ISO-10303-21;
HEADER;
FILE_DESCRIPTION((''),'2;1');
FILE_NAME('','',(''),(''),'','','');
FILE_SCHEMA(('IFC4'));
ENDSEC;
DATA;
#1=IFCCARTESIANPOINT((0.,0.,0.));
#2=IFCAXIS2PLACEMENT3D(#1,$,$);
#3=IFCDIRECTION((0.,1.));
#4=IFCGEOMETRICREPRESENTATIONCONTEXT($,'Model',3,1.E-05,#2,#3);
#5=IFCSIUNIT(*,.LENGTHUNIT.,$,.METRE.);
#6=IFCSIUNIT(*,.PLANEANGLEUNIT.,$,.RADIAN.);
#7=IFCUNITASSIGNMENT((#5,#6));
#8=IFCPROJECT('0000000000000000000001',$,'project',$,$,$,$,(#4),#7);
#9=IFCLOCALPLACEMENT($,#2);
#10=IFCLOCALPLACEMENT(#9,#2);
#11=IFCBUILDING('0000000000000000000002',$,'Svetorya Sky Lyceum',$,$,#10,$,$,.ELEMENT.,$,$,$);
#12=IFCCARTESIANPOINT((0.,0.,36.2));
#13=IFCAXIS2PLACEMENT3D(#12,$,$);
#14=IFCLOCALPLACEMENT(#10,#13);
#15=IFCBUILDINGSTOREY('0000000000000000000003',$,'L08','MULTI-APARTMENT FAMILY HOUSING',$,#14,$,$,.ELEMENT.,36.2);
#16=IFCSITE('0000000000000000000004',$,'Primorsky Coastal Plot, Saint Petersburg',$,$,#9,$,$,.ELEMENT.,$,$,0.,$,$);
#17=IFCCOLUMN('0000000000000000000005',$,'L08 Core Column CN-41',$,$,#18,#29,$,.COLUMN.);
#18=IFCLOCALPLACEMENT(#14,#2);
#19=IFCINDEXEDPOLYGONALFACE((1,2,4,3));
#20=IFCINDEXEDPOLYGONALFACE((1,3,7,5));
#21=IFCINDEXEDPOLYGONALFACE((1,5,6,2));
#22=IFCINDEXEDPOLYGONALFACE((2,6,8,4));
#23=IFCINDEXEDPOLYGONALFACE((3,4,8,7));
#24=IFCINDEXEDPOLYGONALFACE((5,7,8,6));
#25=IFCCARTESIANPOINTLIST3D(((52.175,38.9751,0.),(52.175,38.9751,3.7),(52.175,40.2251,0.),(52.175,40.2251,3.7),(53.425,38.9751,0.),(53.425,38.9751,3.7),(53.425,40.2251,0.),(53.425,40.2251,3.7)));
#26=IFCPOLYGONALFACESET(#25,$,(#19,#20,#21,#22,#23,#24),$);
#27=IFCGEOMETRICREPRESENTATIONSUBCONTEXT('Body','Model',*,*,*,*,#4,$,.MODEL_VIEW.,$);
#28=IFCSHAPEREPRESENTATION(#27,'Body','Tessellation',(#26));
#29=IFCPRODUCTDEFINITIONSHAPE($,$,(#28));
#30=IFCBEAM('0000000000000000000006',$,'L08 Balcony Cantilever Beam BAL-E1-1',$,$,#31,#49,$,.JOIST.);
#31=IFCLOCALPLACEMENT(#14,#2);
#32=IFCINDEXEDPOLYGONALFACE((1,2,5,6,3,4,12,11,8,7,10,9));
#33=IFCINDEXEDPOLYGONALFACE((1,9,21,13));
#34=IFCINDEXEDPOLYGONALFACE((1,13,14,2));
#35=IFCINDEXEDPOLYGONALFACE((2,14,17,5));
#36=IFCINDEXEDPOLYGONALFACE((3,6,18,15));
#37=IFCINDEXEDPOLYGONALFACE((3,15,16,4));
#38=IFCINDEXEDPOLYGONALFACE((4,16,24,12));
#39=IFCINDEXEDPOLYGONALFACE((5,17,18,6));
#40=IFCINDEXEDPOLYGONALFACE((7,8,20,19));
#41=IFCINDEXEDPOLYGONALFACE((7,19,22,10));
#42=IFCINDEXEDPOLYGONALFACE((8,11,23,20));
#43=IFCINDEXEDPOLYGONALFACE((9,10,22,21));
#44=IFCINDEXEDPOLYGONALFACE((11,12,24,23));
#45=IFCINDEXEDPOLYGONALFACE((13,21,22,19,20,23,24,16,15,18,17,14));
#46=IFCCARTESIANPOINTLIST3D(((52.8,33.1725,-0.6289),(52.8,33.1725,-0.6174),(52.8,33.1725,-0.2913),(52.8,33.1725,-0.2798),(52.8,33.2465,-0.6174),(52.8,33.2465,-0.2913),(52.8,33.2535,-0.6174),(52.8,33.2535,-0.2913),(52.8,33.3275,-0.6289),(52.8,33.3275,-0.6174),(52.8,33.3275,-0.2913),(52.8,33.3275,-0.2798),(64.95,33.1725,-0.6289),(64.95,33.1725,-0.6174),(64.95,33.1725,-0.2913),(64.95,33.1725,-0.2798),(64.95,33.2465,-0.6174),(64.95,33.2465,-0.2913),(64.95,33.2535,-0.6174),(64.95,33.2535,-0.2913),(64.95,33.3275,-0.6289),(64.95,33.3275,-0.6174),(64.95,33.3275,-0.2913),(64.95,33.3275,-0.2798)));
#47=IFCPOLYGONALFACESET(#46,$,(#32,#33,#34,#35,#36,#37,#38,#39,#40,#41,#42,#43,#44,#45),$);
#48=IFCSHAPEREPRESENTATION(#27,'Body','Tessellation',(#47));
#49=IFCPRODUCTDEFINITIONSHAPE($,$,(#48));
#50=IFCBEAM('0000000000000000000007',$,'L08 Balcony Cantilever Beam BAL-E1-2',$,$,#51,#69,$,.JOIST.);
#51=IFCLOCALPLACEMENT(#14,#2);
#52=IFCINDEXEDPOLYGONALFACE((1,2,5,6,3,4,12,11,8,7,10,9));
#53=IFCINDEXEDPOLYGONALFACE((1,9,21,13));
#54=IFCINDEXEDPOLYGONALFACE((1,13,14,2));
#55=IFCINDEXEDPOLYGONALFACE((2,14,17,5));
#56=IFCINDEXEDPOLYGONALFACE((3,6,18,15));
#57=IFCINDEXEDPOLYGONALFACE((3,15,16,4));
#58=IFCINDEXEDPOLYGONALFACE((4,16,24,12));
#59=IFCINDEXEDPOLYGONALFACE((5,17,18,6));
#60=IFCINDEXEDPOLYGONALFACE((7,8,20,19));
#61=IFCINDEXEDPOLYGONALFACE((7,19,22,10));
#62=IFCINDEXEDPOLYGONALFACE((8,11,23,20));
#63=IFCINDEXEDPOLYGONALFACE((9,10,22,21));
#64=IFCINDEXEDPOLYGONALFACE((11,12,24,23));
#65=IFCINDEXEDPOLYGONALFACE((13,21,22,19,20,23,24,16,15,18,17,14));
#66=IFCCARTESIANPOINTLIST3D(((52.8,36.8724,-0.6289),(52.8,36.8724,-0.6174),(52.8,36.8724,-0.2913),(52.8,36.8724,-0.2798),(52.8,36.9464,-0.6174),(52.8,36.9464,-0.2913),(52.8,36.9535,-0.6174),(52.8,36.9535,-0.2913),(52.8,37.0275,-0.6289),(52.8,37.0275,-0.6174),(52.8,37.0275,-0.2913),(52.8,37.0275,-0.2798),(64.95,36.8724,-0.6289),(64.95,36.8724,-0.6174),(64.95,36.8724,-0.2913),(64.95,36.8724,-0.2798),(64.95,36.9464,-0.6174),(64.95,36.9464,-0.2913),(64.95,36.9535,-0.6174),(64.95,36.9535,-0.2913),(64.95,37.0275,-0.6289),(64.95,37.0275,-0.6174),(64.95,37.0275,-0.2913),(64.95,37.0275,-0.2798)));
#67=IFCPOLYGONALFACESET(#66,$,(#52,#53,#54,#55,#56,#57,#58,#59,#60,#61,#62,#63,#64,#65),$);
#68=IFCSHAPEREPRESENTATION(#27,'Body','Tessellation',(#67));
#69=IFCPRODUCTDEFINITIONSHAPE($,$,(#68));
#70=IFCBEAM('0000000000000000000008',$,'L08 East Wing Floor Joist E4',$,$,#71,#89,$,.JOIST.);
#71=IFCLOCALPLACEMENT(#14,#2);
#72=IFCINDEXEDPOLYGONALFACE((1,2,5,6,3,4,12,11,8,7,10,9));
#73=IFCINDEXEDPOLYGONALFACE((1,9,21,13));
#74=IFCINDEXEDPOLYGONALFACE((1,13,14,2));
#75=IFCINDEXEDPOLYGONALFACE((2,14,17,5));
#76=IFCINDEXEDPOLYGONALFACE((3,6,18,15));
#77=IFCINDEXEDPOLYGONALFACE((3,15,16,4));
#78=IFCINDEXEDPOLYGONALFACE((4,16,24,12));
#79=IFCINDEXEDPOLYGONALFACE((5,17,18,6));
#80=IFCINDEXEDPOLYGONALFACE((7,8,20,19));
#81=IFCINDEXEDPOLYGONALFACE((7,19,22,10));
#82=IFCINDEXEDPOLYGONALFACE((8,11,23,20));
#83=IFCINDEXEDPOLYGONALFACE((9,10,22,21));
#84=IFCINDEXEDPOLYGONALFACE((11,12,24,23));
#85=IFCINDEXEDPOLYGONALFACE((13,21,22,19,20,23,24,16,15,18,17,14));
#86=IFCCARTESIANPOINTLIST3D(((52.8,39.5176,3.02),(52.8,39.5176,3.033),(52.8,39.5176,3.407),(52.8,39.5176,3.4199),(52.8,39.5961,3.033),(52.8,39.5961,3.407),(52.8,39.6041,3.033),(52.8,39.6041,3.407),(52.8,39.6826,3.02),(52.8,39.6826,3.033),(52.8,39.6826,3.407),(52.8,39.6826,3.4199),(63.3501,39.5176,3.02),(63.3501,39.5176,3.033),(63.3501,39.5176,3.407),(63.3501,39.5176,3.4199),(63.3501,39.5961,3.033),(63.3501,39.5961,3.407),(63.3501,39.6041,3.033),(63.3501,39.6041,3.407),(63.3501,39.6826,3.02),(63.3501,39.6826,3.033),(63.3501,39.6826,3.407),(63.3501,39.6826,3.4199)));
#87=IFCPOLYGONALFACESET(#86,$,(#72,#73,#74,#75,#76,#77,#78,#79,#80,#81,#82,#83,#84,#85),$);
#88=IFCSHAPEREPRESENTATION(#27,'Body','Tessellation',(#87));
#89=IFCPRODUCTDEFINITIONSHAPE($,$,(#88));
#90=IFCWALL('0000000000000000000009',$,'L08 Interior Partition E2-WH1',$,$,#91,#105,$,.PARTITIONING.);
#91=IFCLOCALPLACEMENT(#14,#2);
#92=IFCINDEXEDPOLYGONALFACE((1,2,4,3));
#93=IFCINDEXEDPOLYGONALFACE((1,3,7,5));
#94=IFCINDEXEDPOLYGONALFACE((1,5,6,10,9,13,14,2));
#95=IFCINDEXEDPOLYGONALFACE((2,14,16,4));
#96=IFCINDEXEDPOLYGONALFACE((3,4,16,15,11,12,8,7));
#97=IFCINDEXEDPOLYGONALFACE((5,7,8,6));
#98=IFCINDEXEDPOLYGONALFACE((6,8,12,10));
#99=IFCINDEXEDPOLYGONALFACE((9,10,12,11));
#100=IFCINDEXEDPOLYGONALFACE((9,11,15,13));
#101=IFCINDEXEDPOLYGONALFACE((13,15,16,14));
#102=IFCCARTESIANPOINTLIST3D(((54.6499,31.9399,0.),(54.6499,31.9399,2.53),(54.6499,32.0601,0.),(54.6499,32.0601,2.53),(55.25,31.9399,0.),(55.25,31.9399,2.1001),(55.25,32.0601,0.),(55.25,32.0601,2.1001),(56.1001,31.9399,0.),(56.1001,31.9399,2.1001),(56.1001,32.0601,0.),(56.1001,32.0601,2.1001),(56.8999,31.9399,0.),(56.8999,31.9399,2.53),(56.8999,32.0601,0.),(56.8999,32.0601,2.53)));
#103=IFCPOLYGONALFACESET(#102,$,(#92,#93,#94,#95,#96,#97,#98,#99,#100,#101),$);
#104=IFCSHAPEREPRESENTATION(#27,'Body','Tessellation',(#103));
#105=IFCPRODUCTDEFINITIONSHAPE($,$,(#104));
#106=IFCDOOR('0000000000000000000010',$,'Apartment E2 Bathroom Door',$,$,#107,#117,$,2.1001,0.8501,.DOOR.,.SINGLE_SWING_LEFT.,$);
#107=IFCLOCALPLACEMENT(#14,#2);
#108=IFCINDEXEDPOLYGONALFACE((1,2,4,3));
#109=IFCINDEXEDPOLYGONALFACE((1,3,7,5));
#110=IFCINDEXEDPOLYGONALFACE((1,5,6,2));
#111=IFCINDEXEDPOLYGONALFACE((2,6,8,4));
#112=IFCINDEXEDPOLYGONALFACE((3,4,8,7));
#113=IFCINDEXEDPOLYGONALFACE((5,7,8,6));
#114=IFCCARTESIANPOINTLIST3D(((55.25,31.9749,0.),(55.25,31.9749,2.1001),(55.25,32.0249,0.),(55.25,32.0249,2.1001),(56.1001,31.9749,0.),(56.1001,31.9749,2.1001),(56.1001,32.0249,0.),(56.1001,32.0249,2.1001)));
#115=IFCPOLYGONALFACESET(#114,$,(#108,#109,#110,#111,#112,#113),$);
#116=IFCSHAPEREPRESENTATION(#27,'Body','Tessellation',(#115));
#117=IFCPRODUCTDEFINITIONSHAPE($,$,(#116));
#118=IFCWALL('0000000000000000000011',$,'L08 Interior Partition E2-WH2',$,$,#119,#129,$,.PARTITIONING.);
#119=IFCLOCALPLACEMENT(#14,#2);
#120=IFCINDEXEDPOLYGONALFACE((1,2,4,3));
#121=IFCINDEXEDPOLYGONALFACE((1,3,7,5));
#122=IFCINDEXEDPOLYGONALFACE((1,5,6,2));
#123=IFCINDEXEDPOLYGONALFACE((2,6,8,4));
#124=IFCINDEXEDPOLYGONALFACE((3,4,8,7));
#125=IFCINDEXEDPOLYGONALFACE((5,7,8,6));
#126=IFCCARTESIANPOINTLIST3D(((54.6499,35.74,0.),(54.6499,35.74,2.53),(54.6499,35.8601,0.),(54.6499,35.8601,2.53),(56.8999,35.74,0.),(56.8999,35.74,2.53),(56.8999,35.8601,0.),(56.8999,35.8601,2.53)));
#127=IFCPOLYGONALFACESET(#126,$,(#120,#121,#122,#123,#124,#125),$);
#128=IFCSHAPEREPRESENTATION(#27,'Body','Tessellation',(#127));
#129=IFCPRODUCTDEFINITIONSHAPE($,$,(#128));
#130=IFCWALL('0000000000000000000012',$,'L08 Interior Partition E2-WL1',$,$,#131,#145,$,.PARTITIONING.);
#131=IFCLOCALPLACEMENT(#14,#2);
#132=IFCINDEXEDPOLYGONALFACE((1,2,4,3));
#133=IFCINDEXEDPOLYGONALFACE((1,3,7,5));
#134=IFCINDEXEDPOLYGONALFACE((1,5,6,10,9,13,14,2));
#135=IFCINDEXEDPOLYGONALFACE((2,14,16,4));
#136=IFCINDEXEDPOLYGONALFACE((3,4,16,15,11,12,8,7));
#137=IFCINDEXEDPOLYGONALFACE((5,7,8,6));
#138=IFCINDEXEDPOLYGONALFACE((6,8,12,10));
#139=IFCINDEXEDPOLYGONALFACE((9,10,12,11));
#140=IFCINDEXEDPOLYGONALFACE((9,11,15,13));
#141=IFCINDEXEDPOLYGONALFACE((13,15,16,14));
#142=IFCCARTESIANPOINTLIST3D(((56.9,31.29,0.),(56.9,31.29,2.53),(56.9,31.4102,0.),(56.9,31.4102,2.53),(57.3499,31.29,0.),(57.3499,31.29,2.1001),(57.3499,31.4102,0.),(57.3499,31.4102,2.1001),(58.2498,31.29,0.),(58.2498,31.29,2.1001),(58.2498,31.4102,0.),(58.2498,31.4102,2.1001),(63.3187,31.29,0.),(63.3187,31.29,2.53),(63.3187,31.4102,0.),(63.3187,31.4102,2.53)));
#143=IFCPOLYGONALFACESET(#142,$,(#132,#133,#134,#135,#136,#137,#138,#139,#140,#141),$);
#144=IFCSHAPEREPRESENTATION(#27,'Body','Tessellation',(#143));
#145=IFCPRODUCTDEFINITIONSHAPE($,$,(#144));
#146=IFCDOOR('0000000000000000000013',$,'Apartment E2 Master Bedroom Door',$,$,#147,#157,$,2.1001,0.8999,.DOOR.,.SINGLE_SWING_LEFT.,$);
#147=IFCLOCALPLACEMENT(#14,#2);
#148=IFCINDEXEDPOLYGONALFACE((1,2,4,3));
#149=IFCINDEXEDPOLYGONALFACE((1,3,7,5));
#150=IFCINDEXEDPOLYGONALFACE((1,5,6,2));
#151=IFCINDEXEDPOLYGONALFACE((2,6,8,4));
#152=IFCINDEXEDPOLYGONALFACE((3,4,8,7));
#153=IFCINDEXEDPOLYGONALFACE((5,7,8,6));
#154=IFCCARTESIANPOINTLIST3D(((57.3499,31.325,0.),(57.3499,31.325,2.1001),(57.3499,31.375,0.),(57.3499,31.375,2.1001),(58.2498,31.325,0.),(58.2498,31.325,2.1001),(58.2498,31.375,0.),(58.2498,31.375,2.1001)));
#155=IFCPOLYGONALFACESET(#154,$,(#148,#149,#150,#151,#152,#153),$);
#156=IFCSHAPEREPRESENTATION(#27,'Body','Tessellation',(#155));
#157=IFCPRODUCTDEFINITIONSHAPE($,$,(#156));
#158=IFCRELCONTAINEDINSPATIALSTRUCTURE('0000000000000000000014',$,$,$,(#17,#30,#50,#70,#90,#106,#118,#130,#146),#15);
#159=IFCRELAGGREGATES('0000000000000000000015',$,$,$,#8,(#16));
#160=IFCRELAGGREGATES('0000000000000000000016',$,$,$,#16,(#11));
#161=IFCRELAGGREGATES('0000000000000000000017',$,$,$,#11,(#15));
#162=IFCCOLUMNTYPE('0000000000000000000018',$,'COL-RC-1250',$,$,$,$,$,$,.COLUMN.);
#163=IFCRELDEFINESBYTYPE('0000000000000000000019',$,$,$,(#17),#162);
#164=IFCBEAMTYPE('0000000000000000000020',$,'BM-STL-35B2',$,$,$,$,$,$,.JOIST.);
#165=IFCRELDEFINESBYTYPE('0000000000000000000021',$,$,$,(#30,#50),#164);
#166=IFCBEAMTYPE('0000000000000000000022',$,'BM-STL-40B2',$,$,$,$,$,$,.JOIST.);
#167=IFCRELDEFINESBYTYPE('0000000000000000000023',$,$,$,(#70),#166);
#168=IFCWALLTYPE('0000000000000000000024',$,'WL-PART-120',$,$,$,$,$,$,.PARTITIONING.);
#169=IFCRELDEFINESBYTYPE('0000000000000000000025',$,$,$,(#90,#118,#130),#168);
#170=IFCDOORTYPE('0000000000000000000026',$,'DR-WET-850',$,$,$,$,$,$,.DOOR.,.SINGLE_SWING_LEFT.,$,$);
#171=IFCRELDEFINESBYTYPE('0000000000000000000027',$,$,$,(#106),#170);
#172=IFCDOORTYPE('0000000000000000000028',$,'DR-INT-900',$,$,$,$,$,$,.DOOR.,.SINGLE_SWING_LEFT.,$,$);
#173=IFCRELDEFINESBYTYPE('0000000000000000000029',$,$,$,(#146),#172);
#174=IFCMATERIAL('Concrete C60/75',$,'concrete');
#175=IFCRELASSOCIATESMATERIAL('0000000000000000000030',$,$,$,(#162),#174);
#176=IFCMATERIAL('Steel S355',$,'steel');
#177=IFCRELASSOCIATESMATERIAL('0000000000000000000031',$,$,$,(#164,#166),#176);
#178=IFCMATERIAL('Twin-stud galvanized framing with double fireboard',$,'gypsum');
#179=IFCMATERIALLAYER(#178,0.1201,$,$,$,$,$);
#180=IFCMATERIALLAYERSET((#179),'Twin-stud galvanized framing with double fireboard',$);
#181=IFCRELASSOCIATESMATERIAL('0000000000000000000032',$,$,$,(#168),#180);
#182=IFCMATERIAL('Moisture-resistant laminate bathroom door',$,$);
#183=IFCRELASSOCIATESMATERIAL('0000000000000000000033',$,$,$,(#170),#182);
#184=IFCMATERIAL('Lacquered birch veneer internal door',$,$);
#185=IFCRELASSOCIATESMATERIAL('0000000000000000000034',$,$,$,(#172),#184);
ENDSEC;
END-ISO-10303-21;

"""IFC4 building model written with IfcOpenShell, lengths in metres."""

from ifc_helpers import new_model, si_unit, direction, frame, frame_2d, origin, origin_2d, place, context, subcontext, project, spatial, rectangle, i_section, extrude, material, layer, layer_set, material_profile, profile_set, type_object, element, fill, save


model = new_model("IFC4")

# Units and contexts
model_context = context("Model", 3, precision=1e-05, world=origin(), true_north=direction((0.0, 1.0)))
body_context = subcontext(model_context, "Body", "Model", "MODEL_VIEW")
ifc_project = project(units=[si_unit("LENGTHUNIT", "METRE"), si_unit("PLANEANGLEUNIT", "RADIAN")], contexts=[model_context])

# Site, building, storey
site_placement = place(None, origin())
site = spatial("IfcSite", under=ifc_project, at=site_placement, Name="Primorsky Coastal Plot, Saint Petersburg", CompositionType="ELEMENT", RefElevation=0.0)
building_placement = place(site_placement, origin())
building = spatial("IfcBuilding", under=site, at=building_placement, Name="Svetorya Sky Lyceum", CompositionType="ELEMENT")
storey_placement = place(building_placement, frame((0.0, 0.0, 36.2)))
storey = spatial("IfcBuildingStorey", under=building, at=storey_placement, Name="L08", Description="MULTI-APARTMENT FAMILY HOUSING", CompositionType="ELEMENT", Elevation=36.2)

# Column
ifc_material_1 = material(Name="Concrete C60/75", Category="concrete")
ifc_material_profile_1 = material_profile(ifc_material_1, rectangle(XDim=1.25, YDim=1.25, at=origin_2d()), Name="RC COL 1250x1250")
ifc_profile_set_1 = profile_set([ifc_material_profile_1], Name="Concrete C60/75")
column_type = type_object("IfcColumnType", Name="COL-RC-1250", PredefinedType="COLUMN", material=ifc_profile_set_1)
column_placement = place(storey_placement, frame((52.8, 39.6001, 0.0), z_axis=(0.0, 0.0, 1.0), x_axis=(1.0, 0.0, 0.0)))
element("IfcColumn", 1, at=column_placement, inside=storey, type_object=column_type, Name="L08 Core Column CN-41", PredefinedType="COLUMN", context=body_context, shape_type="SweptSolid", body=[
    extrude(rectangle(XDim=1.25, YDim=1.25, at=origin_2d()), origin(), (0.0, 0.0, 1.0), 3.7),
])

# Beams
ifc_material_2 = material(Name="Steel S355", Category="steel")
ifc_material_profile_2 = material_profile(ifc_material_2, i_section(OverallWidth=0.155, OverallDepth=0.3491, WebThickness=0.0071, FlangeThickness=0.0115, at=origin_2d()), Name="GOST 35B2")
ifc_profile_set_2 = profile_set([ifc_material_profile_2], Name="Steel S355")
beam_type_1 = type_object("IfcBeamType", Name="BM-STL-35B2", PredefinedType="JOIST", material=ifc_profile_set_2)
for number, where, z_axis, x_axis, name in (
    (2, (52.8, 33.25, -0.4543), (1.0, 0.0, 0.0), (0.0, 1.0, 0.0), "L08 Balcony Cantilever Beam BAL-E1-1"),
    (3, (52.8, 36.95, -0.4543), (1.0, 0.0, 0.0), (0.0, 1.0, 0.0), "L08 Balcony Cantilever Beam BAL-E1-2"),
):
    element("IfcBeam", number, at=place(storey_placement, frame(where, z_axis=z_axis, x_axis=x_axis)), inside=storey, type_object=beam_type_1, Name=name, PredefinedType="JOIST", context=body_context, shape_type="SweptSolid", body=[
        extrude(i_section(OverallWidth=0.155, OverallDepth=0.3491, WebThickness=0.0071, FlangeThickness=0.0115, at=origin_2d()), origin(), (0.0, 0.0, 1.0), 12.1499),
    ])
ifc_material_profile_3 = material_profile(ifc_material_2, i_section(OverallWidth=0.165, OverallDepth=0.3999, WebThickness=0.0081, FlangeThickness=0.0129, at=origin_2d()), Name="GOST 40B2")
ifc_profile_set_3 = profile_set([ifc_material_profile_3], Name="Steel S355")
beam_type_2 = type_object("IfcBeamType", Name="BM-STL-40B2", PredefinedType="JOIST", material=ifc_profile_set_3)
beam_placement = place(storey_placement, frame((52.8, 39.6001, 3.22), z_axis=(1.0, 0.0, 0.0), x_axis=(0.0, 1.0, 0.0)))
element("IfcBeam", 4, at=beam_placement, inside=storey, type_object=beam_type_2, Name="L08 East Wing Floor Joist E4", PredefinedType="JOIST", context=body_context, shape_type="SweptSolid", body=[
    extrude(i_section(OverallWidth=0.165, OverallDepth=0.3999, WebThickness=0.0081, FlangeThickness=0.0129, at=origin_2d()), origin(), (0.0, 0.0, 1.0), 10.55),
])

# Wall, opening, door
ifc_material_3 = material(Name="Twin-stud galvanized framing with double fireboard", Category="gypsum")
ifc_layer_1 = layer(ifc_material_3, 0.1201)
ifc_layer_set_1 = layer_set([ifc_layer_1], Name="Twin-stud galvanized framing with double fireboard")
wall_type_1 = type_object("IfcWallType", Name="WL-PART-120", PredefinedType="PARTITIONING", material=ifc_layer_set_1)
wall_1_placement = place(storey_placement, frame((54.6499, 32.0, 0.0), z_axis=(0.0, 0.0, 1.0), x_axis=(1.0, 0.0, 0.0)))
wall_1 = element("IfcWall", 5, at=wall_1_placement, inside=storey, type_object=wall_type_1, Name="L08 Interior Partition E2-WH1", PredefinedType="PARTITIONING", context=body_context, shape_type="SweptSolid", body=[
    extrude(rectangle(XDim=2.25, YDim=0.1201, at=frame_2d((1.125, 0.0))), origin(), (0.0, 0.0, 1.0), 2.53),
])
opening_1_placement = place(wall_1_placement, frame((0.6001, 0.0, 0.0)))
opening_1 = element("IfcOpeningElement", 6, at=opening_1_placement, cuts=wall_1, PredefinedType="OPENING", context=body_context, shape_type="SweptSolid", body=[
    extrude(rectangle(XDim=0.8501, YDim=2.1001, at=frame_2d((0.425, 1.05))), frame((0.0, 0.0701, 0.0), z_axis=(0.0, -1.0, 0.0), x_axis=(1.0, 0.0, 0.0)), (0.0, 0.0, 1.0), 0.1401),
])
ifc_material_4 = material(Name="Moisture-resistant laminate bathroom door")
door_type_1 = type_object("IfcDoorType", Name="DR-WET-850", OperationType="SINGLE_SWING_LEFT", PredefinedType="DOOR", material=ifc_material_4)
door_1_placement = place(opening_1_placement, origin())
door_1 = element("IfcDoor", 7, at=door_1_placement, inside=storey, type_object=door_type_1, Name="Apartment E2 Bathroom Door", OperationType="SINGLE_SWING_LEFT", OverallHeight=2.1001, OverallWidth=0.8501, PredefinedType="DOOR", context=body_context, shape_type="SweptSolid", body=[
    extrude(rectangle(XDim=0.8501, YDim=2.1001, at=frame_2d((0.425, 1.05))), frame((0.0, 0.0249, 0.0), z_axis=(0.0, -1.0, 0.0), x_axis=(1.0, 0.0, 0.0)), (0.0, 0.0, 1.0), 0.05),
])
fill(opening_1, door_1)

# Wall
wall_2_placement = place(storey_placement, frame((54.6499, 35.8, 0.0), z_axis=(0.0, 0.0, 1.0), x_axis=(1.0, 0.0, 0.0)))
element("IfcWall", 8, at=wall_2_placement, inside=storey, type_object=wall_type_1, Name="L08 Interior Partition E2-WH2", PredefinedType="PARTITIONING", context=body_context, shape_type="SweptSolid", body=[
    extrude(rectangle(XDim=2.25, YDim=0.1201, at=frame_2d((1.125, 0.0))), origin(), (0.0, 0.0, 1.0), 2.53),
])

# Wall, opening, door
wall_3_placement = place(storey_placement, frame((56.8999, 31.3501, 0.0), z_axis=(0.0, 0.0, 1.0), x_axis=(1.0, 0.0, 0.0)))
wall_3 = element("IfcWall", 9, at=wall_3_placement, inside=storey, type_object=wall_type_1, Name="L08 Interior Partition E2-WL1", PredefinedType="PARTITIONING", context=body_context, shape_type="SweptSolid", body=[
    extrude(rectangle(XDim=6.4187, YDim=0.1201, at=frame_2d((3.2095, 0.0))), origin(), (0.0, 0.0, 1.0), 2.53),
])
opening_2_placement = place(wall_3_placement, frame((0.45, 0.0, 0.0)))
opening_2 = element("IfcOpeningElement", 10, at=opening_2_placement, cuts=wall_3, PredefinedType="OPENING", context=body_context, shape_type="SweptSolid", body=[
    extrude(rectangle(XDim=0.8999, YDim=2.1001, at=frame_2d((0.45, 1.05))), frame((0.0, 0.0701, 0.0), z_axis=(0.0, -1.0, 0.0), x_axis=(1.0, 0.0, 0.0)), (0.0, 0.0, 1.0), 0.1401),
])
ifc_material_5 = material(Name="Lacquered birch veneer internal door")
door_type_2 = type_object("IfcDoorType", Name="DR-INT-900", OperationType="SINGLE_SWING_LEFT", PredefinedType="DOOR", material=ifc_material_5)
door_2_placement = place(opening_2_placement, origin())
door_2 = element("IfcDoor", 11, at=door_2_placement, inside=storey, type_object=door_type_2, Name="Apartment E2 Master Bedroom Door", OperationType="SINGLE_SWING_LEFT", OverallHeight=2.1001, OverallWidth=0.8999, PredefinedType="DOOR", context=body_context, shape_type="SweptSolid", body=[
    extrude(rectangle(XDim=0.8999, YDim=2.1001, at=frame_2d((0.45, 1.05))), frame((0.0, 0.0249, 0.0), z_axis=(0.0, -1.0, 0.0), x_axis=(1.0, 0.0, 0.0)), (0.0, 0.0, 1.0), 0.05),
])
fill(opening_2, door_2)

save(model, "model.ifc")
